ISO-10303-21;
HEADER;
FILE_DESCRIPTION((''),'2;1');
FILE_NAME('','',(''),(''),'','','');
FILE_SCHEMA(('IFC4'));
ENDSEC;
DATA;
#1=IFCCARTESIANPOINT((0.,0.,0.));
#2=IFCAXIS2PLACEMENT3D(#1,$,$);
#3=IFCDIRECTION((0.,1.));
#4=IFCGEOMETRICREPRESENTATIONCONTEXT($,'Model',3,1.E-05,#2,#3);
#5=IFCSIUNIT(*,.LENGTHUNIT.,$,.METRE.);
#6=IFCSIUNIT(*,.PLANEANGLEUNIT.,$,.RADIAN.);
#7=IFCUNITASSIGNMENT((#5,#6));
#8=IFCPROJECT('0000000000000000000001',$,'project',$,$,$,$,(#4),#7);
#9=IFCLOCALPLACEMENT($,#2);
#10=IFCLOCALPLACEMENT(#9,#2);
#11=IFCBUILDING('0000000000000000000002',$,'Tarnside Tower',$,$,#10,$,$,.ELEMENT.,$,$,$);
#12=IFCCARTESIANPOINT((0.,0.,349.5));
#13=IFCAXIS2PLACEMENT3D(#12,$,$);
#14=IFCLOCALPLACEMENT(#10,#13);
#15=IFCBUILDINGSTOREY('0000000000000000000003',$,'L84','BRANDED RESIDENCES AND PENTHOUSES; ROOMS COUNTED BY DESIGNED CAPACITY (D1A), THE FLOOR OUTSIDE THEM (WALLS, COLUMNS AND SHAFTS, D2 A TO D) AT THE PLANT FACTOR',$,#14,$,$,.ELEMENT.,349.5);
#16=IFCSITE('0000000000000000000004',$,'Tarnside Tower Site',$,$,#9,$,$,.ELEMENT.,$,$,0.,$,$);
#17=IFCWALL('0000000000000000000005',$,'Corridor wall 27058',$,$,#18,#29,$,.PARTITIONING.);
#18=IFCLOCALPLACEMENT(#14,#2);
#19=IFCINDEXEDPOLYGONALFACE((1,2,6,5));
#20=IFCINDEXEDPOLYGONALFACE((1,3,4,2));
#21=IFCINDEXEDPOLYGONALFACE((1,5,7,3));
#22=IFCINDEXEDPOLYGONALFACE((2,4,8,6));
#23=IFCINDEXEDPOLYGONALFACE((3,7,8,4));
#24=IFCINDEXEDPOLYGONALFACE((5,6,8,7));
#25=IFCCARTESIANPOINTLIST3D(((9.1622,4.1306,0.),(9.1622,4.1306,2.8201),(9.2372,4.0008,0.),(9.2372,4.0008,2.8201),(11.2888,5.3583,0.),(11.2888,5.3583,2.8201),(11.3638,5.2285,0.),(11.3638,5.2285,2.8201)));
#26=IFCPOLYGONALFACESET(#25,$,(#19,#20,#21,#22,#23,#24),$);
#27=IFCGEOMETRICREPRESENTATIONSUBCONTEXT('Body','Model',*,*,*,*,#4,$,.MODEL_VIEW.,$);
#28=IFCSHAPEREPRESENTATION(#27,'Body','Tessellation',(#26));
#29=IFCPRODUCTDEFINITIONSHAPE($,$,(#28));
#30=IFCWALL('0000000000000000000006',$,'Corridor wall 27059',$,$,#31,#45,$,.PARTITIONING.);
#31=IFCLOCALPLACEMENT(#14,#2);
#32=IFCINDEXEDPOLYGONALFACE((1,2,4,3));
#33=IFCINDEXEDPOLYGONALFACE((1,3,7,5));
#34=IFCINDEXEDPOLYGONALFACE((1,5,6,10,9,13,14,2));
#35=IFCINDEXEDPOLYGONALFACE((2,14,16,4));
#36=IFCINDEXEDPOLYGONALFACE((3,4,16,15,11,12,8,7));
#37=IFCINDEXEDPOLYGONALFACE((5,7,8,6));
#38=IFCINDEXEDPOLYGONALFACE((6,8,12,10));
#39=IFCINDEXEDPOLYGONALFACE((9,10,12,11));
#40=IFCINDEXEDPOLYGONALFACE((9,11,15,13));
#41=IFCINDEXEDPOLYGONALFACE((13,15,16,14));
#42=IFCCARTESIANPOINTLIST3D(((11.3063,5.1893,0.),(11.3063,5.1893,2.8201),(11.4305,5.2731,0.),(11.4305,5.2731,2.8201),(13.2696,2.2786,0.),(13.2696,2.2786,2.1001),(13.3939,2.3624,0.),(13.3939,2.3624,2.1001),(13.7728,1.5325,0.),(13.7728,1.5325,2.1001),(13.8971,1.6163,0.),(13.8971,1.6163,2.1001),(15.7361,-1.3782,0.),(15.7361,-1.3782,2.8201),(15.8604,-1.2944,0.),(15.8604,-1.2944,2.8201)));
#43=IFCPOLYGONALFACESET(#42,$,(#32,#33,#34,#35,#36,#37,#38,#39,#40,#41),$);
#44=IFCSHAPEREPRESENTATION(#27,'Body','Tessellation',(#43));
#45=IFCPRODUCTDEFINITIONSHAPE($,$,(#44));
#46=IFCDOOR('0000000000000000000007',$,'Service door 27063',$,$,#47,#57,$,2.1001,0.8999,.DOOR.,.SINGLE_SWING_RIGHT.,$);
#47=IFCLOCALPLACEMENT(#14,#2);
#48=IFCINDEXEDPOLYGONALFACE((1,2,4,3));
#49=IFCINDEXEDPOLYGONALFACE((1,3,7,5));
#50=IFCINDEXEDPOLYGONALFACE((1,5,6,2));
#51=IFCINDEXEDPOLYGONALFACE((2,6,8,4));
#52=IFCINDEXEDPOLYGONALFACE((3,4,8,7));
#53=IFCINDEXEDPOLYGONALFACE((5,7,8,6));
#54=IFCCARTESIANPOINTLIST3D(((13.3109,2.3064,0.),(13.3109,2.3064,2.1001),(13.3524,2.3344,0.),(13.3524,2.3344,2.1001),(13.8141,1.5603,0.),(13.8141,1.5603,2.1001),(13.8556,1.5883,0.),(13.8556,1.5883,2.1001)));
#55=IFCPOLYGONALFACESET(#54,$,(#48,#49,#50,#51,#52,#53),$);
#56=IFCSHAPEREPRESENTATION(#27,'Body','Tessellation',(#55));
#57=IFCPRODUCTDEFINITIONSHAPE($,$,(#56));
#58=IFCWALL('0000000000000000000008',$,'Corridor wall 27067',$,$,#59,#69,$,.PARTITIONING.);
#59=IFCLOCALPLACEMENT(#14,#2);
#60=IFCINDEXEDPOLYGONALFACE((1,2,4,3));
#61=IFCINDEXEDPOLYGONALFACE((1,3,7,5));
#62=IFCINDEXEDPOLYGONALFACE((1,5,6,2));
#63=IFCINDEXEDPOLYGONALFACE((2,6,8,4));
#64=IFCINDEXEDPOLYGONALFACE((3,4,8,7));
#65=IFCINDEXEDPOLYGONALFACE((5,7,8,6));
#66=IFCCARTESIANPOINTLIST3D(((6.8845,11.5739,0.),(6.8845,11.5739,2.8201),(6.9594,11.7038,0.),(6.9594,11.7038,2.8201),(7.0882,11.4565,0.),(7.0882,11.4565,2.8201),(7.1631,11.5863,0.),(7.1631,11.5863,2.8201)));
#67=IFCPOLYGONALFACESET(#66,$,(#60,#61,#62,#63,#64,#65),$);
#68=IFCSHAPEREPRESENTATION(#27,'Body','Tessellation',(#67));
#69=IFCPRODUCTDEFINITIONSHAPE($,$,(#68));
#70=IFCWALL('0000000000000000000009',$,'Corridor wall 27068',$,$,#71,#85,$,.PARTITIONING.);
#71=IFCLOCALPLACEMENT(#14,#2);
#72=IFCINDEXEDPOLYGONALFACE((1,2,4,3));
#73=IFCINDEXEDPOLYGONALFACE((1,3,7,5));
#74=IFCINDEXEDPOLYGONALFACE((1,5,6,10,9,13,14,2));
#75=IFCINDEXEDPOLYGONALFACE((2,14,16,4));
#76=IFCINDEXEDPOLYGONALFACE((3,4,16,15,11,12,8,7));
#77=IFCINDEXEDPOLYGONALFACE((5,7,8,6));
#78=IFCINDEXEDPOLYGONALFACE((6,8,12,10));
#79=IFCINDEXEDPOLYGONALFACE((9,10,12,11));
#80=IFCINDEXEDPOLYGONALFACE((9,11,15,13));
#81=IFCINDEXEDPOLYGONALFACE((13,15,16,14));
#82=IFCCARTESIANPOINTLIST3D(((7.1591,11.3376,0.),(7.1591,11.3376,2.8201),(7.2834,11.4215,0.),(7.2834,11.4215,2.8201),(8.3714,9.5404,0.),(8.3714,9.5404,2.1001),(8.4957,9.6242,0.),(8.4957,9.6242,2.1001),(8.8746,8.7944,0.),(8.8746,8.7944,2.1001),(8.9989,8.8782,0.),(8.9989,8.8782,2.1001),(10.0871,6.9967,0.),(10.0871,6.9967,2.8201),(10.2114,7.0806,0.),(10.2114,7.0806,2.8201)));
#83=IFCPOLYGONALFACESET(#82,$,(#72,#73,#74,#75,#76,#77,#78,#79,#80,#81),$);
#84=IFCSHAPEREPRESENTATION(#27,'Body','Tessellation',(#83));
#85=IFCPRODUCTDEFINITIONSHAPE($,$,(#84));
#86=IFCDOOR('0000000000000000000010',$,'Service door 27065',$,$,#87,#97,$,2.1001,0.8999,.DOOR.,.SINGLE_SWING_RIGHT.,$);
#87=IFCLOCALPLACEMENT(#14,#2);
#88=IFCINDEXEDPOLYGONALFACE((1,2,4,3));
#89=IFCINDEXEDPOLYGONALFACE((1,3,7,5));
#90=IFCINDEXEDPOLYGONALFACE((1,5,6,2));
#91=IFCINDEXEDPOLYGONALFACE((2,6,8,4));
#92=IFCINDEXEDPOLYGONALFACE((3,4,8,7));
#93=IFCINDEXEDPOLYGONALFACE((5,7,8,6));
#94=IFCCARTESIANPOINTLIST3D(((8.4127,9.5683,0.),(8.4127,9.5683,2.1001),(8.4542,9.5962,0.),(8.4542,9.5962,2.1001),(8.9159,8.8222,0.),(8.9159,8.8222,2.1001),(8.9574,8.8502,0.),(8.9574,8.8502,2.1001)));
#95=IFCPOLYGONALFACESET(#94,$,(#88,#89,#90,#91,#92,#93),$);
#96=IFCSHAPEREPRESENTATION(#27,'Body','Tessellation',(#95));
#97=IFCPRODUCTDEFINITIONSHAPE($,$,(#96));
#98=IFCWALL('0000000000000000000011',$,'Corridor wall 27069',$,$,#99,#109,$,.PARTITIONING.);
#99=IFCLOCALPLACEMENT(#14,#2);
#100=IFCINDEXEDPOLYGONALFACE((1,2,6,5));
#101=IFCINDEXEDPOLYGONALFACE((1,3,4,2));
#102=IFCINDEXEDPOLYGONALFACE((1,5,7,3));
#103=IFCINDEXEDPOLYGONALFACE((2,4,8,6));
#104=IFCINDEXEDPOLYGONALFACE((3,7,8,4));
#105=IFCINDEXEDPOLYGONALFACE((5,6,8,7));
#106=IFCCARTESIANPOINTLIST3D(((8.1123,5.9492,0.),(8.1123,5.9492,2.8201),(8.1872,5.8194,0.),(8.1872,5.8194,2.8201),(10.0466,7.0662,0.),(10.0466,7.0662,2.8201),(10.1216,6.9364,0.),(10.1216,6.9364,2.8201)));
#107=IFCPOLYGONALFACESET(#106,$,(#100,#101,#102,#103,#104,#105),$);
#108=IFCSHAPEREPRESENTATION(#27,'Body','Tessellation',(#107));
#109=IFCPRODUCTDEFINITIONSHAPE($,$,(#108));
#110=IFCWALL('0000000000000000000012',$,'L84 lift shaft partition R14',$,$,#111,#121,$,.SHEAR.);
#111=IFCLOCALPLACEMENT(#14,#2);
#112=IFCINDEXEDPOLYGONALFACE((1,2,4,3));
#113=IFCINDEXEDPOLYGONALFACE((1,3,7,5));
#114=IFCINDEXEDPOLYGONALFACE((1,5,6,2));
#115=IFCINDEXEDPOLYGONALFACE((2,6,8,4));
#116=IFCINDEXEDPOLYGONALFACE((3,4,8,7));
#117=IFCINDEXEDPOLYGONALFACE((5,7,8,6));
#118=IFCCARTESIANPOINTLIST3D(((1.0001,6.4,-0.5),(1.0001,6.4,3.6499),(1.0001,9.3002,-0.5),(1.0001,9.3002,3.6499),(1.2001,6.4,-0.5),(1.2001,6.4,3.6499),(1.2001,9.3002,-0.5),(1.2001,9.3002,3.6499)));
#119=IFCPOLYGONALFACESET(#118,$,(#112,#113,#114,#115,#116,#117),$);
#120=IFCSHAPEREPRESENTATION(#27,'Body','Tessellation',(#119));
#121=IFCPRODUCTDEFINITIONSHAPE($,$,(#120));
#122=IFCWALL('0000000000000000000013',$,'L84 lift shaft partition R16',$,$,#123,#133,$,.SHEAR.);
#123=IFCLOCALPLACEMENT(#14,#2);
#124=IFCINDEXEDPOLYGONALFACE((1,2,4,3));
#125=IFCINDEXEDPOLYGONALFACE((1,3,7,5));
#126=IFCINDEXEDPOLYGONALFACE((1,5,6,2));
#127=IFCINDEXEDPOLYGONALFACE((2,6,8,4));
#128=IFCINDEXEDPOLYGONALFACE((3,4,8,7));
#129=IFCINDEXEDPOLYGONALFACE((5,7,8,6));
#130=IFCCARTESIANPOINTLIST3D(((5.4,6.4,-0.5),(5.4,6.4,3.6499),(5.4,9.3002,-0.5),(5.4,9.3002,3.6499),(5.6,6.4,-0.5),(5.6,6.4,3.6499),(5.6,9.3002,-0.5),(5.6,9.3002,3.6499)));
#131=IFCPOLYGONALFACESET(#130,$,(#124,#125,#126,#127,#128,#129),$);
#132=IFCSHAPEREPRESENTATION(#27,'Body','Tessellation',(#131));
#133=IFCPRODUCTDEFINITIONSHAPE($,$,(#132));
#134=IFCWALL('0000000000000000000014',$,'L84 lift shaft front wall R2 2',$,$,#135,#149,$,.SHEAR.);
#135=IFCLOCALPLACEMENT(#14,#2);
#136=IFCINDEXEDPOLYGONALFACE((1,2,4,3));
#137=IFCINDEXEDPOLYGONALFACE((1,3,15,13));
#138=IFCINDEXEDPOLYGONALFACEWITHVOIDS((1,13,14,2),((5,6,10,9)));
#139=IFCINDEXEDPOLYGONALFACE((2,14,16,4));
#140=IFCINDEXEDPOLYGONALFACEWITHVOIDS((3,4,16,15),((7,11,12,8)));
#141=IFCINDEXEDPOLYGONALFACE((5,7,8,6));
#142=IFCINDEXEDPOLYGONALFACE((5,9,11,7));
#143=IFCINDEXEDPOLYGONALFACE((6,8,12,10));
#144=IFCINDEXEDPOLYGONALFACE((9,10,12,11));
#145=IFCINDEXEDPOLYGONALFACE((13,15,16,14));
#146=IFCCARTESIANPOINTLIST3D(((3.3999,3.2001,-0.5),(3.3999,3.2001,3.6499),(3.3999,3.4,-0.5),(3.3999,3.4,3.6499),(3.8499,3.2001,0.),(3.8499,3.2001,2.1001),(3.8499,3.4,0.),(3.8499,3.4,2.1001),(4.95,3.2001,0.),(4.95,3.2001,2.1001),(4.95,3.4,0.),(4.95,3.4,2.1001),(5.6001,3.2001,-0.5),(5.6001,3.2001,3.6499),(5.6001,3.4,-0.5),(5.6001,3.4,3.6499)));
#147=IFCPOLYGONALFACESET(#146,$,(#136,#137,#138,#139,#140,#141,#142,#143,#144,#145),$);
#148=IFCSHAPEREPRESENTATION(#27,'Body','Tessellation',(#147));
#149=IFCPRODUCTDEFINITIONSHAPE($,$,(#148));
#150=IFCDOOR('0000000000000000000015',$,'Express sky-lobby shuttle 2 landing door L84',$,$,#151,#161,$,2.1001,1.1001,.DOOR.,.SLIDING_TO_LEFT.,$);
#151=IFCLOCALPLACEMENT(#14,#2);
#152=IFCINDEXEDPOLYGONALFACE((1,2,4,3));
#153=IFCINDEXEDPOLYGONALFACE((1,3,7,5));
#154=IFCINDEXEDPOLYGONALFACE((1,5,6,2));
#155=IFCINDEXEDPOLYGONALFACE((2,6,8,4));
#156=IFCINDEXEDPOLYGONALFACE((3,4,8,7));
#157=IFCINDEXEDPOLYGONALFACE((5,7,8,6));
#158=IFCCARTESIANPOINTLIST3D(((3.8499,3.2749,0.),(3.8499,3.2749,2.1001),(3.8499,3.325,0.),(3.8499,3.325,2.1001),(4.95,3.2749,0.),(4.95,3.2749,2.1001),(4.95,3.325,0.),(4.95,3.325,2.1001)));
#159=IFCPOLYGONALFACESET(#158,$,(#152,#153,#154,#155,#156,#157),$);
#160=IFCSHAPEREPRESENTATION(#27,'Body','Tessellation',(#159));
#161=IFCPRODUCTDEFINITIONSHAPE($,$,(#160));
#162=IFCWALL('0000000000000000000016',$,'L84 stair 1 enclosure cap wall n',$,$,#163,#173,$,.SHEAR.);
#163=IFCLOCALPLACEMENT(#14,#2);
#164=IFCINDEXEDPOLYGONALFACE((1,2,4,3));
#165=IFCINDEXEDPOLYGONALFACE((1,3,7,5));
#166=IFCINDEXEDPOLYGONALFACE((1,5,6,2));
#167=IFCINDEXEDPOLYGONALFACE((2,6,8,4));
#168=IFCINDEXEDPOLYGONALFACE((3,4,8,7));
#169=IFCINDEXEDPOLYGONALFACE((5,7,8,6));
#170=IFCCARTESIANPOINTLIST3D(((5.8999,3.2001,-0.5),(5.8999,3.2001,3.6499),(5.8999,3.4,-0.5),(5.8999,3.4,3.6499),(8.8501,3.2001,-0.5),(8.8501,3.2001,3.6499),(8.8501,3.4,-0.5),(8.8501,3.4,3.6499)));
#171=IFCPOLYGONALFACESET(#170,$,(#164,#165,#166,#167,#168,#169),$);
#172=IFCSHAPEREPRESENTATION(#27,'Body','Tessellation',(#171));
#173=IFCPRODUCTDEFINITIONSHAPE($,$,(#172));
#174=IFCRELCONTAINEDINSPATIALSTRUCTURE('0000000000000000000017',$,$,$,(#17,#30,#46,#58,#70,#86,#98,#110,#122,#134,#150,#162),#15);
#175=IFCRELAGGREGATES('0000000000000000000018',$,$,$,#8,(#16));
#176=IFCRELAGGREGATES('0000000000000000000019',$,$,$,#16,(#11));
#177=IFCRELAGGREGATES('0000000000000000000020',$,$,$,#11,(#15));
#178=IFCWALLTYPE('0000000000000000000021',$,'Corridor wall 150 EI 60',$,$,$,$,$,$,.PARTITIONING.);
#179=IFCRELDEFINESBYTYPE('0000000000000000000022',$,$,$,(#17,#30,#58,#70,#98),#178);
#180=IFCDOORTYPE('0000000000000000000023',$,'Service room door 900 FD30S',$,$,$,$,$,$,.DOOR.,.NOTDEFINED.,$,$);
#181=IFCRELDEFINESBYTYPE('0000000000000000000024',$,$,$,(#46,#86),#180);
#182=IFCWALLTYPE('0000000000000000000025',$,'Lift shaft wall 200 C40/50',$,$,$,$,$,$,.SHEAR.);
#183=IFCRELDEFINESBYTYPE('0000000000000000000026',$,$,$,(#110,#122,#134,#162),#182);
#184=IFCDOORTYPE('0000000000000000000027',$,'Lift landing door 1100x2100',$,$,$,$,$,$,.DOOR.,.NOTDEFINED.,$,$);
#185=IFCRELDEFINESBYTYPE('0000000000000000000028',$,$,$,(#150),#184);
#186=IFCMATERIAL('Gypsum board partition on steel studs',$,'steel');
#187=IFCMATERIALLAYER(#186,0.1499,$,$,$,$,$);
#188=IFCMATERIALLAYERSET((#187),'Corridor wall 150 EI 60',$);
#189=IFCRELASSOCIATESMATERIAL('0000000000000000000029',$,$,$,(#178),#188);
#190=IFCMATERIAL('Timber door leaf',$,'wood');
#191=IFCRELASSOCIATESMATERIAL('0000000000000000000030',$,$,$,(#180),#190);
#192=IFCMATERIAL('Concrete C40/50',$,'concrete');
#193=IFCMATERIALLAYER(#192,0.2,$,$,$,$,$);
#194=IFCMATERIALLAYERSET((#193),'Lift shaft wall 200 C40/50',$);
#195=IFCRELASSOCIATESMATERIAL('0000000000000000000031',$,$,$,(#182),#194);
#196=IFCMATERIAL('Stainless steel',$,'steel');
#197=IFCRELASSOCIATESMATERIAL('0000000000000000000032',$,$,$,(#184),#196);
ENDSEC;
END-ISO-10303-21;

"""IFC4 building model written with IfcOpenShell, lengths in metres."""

from ifc_helpers import new_model, si_unit, direction, frame, frame_2d, origin, place, context, subcontext, project, spatial, rectangle, extrude, material, layer, layer_set, type_object, element, fill, save


model = new_model("IFC4")

# Units and contexts
model_context = context("Model", 3, precision=1e-05, world=origin(), true_north=direction((0.0, 1.0)))
body_context = subcontext(model_context, "Body", "Model", "MODEL_VIEW")
ifc_project = project(units=[si_unit("LENGTHUNIT", "METRE"), si_unit("PLANEANGLEUNIT", "RADIAN")], contexts=[model_context])

# Site, building, storey
site_placement = place(None, origin())
site = spatial("IfcSite", under=ifc_project, at=site_placement, Name="Tarnside Tower Site", CompositionType="ELEMENT", RefElevation=0.0)
building_placement = place(site_placement, origin())
building = spatial("IfcBuilding", under=site, at=building_placement, Name="Tarnside Tower", CompositionType="ELEMENT")
storey_placement = place(building_placement, frame((0.0, 0.0, 349.5)))
storey = spatial("IfcBuildingStorey", under=building, at=storey_placement, Name="L84", Description="BRANDED RESIDENCES AND PENTHOUSES; ROOMS COUNTED BY DESIGNED CAPACITY (D1A), THE FLOOR OUTSIDE THEM (WALLS, COLUMNS AND SHAFTS, D2 A TO D) AT THE PLANT FACTOR", CompositionType="ELEMENT", Elevation=349.5)

# Shared definitions
ifc_material_1 = material(Name="Gypsum board partition on steel studs", Category="steel")

# Shared definitions
ifc_layer_1 = layer(ifc_material_1, 0.1499)
ifc_layer_set_1 = layer_set([ifc_layer_1], Name="Corridor wall 150 EI 60")
wall_type_1 = type_object("IfcWallType", Name="Corridor wall 150 EI 60", PredefinedType="PARTITIONING", material=ifc_layer_set_1)
ifc_material_2 = material(Name="Timber door leaf", Category="wood")

# Wall
wall_1_placement = place(storey_placement, frame((9.1997, 4.0657, 0.0), z_axis=(0.0, 0.0, 1.0), x_axis=(0.866038, 0.499978, 0.0)))
element("IfcWall", 1, at=wall_1_placement, inside=storey, type_object=wall_type_1, Name="Corridor wall 27058", PredefinedType="PARTITIONING", context=body_context, shape_type="SweptSolid", body=[
    extrude(rectangle(XDim=2.4556, YDim=0.1499, at=frame_2d((1.2278, 0.0))), origin(), (0.0, 0.0, 1.0), 2.8201),
])

# Wall, opening, door
wall_2_placement = place(storey_placement, frame((11.3684, 5.2312, 0.0), z_axis=(0.0, 0.0, 1.0), x_axis=(0.559194, -0.829037, 0.0)))
wall_2 = element("IfcWall", 2, at=wall_2_placement, inside=storey, type_object=wall_type_1, Name="Corridor wall 27059", PredefinedType="PARTITIONING", context=body_context, shape_type="SweptSolid", body=[
    extrude(rectangle(XDim=7.9219, YDim=0.1499, at=frame_2d((3.9609, 0.0))), origin(), (0.0, 0.0, 1.0), 2.8201),
])
opening_1_placement = place(wall_2_placement, frame((3.511, 0.0, 0.0)))
opening_1 = element("IfcOpeningElement", 3, at=opening_1_placement, cuts=wall_2, PredefinedType="OPENING", context=body_context, shape_type="SweptSolid", body=[
    extrude(rectangle(XDim=0.8999, YDim=2.1001, at=frame_2d((0.45, 1.05))), frame((0.0, 0.085, 0.0), z_axis=(0.0, -1.0, 0.0), x_axis=(1.0, 0.0, 0.0)), (0.0, 0.0, 1.0), 0.1699),
])
door_type_1 = type_object("IfcDoorType", Name="Service room door 900 FD30S", OperationType="NOTDEFINED", PredefinedType="DOOR", material=ifc_material_2)
door_1_placement = place(opening_1_placement, origin())
door_1 = element("IfcDoor", 4, at=door_1_placement, inside=storey, type_object=door_type_1, Name="Service door 27063", OperationType="SINGLE_SWING_RIGHT", OverallHeight=2.1001, OverallWidth=0.8999, PredefinedType="DOOR", context=body_context, shape_type="SweptSolid", body=[
    extrude(rectangle(XDim=0.8999, YDim=2.1001, at=frame_2d((0.45, 1.05))), frame((0.0, 0.0249, 0.0), z_axis=(0.0, -1.0, 0.0), x_axis=(1.0, 0.0, 0.0)), (0.0, 0.0, 1.0), 0.05),
])
fill(opening_1, door_1)

# Wall
wall_3_placement = place(storey_placement, frame((6.9219, 11.6389, 0.0), z_axis=(0.0, 0.0, 1.0), x_axis=(0.866255, -0.499603, 0.0)))
element("IfcWall", 5, at=wall_3_placement, inside=storey, type_object=wall_type_1, Name="Corridor wall 27067", PredefinedType="PARTITIONING", context=body_context, shape_type="SweptSolid", body=[
    extrude(rectangle(XDim=0.2351, YDim=0.1499, at=frame_2d((0.1177, 0.0))), origin(), (0.0, 0.0, 1.0), 2.8201),
])

# Wall, opening, door
wall_4_placement = place(storey_placement, frame((7.2212, 11.3796, 0.0), z_axis=(0.0, 0.0, 1.0), x_axis=(0.559201, -0.829032, 0.0)))
wall_4 = element("IfcWall", 6, at=wall_4_placement, inside=storey, type_object=wall_type_1, Name="Corridor wall 27068", PredefinedType="PARTITIONING", context=body_context, shape_type="SweptSolid", body=[
    extrude(rectangle(XDim=5.2361, YDim=0.1499, at=frame_2d((2.6182, 0.0))), origin(), (0.0, 0.0, 1.0), 2.8201),
])
opening_2_placement = place(wall_4_placement, frame((2.168, 0.0, 0.0)))
opening_2 = element("IfcOpeningElement", 7, at=opening_2_placement, cuts=wall_4, PredefinedType="OPENING", context=body_context, shape_type="SweptSolid", body=[
    extrude(rectangle(XDim=0.8999, YDim=2.1001, at=frame_2d((0.45, 1.05))), frame((0.0, 0.085, 0.0), z_axis=(0.0, -1.0, 0.0), x_axis=(1.0, 0.0, 0.0)), (0.0, 0.0, 1.0), 0.1699),
])
door_2_placement = place(opening_2_placement, origin())
door_2 = element("IfcDoor", 8, at=door_2_placement, inside=storey, type_object=door_type_1, Name="Service door 27065", OperationType="SINGLE_SWING_RIGHT", OverallHeight=2.1001, OverallWidth=0.8999, PredefinedType="DOOR", context=body_context, shape_type="SweptSolid", body=[
    extrude(rectangle(XDim=0.8999, YDim=2.1001, at=frame_2d((0.45, 1.05))), frame((0.0, 0.0249, 0.0), z_axis=(0.0, -1.0, 0.0), x_axis=(1.0, 0.0, 0.0)), (0.0, 0.0, 1.0), 0.05),
])
fill(opening_2, door_2)

# Walls
wall_5_placement = place(storey_placement, frame((10.084, 7.0012, 0.0), z_axis=(0.0, 0.0, 1.0), x_axis=(-0.865994, -0.500054, 0.0)))
element("IfcWall", 9, at=wall_5_placement, inside=storey, type_object=wall_type_1, Name="Corridor wall 27069", PredefinedType="PARTITIONING", context=body_context, shape_type="SweptSolid", body=[
    extrude(rectangle(XDim=2.2336, YDim=0.1499, at=frame_2d((1.1167, 0.0))), origin(), (0.0, 0.0, 1.0), 2.8201),
])
ifc_material_3 = material(Name="Concrete C40/50", Category="concrete")
ifc_layer_2 = layer(ifc_material_3, 0.2)
ifc_layer_set_2 = layer_set([ifc_layer_2], Name="Lift shaft wall 200 C40/50")
wall_type_2 = type_object("IfcWallType", Name="Lift shaft wall 200 C40/50", PredefinedType="SHEAR", material=ifc_layer_set_2)
for number, where, z_axis, x_axis, name in (
    (10, (1.1001, 6.3999, -0.5), (0.0, 0.0, 1.0), (0.0, 1.0, 0.0), "L84 lift shaft partition R14"),
    (11, (5.5, 6.3999, -0.5), (0.0, 0.0, 1.0), (0.0, 1.0, 0.0), "L84 lift shaft partition R16"),
):
    element("IfcWall", number, at=place(storey_placement, frame(where, z_axis=z_axis, x_axis=x_axis)), inside=storey, type_object=wall_type_2, Name=name, PredefinedType="SHEAR", context=body_context, shape_type="SweptSolid", body=[
        extrude(rectangle(XDim=2.9001, YDim=0.2, at=frame_2d((1.4502, 0.0))), origin(), (0.0, 0.0, 1.0), 4.1499),
    ])

# Wall, opening, door
wall_6_placement = place(storey_placement, frame((3.3999, 3.3, -0.5), z_axis=(0.0, 0.0, 1.0), x_axis=(1.0, 0.0, 0.0)))
wall_6 = element("IfcWall", 12, at=wall_6_placement, inside=storey, type_object=wall_type_2, Name="L84 lift shaft front wall R2 2", PredefinedType="SHEAR", context=body_context, shape_type="SweptSolid", body=[
    extrude(rectangle(XDim=2.2002, YDim=0.2, at=frame_2d((1.1001, 0.0))), origin(), (0.0, 0.0, 1.0), 4.1499),
])
opening_3_placement = place(wall_6_placement, frame((0.45, 0.0, 0.5)))
opening_3 = element("IfcOpeningElement", 13, at=opening_3_placement, cuts=wall_6, PredefinedType="OPENING", context=body_context, shape_type="SweptSolid", body=[
    extrude(rectangle(XDim=1.1001, YDim=2.1001, at=frame_2d((0.55, 1.05))), frame((0.0, 0.1099, 0.0), z_axis=(0.0, -1.0, 0.0), x_axis=(1.0, 0.0, 0.0)), (0.0, 0.0, 1.0), 0.22),
])
ifc_material_4 = material(Name="Stainless steel", Category="steel")
door_type_2 = type_object("IfcDoorType", Name="Lift landing door 1100x2100", OperationType="NOTDEFINED", PredefinedType="DOOR", material=ifc_material_4)
door_3_placement = place(opening_3_placement, origin())
door_3 = element("IfcDoor", 14, at=door_3_placement, inside=storey, type_object=door_type_2, Name="Express sky-lobby shuttle 2 landing door L84", OperationType="SLIDING_TO_LEFT", OverallHeight=2.1001, OverallWidth=1.1001, PredefinedType="DOOR", context=body_context, shape_type="SweptSolid", body=[
    extrude(rectangle(XDim=1.1001, YDim=2.1001, at=frame_2d((0.55, 1.05))), frame((0.0, 0.0249, 0.0), z_axis=(0.0, -1.0, 0.0), x_axis=(1.0, 0.0, 0.0)), (0.0, 0.0, 1.0), 0.05),
])
fill(opening_3, door_3)

# Wall
wall_7_placement = place(storey_placement, frame((5.8999, 3.3, -0.5), z_axis=(0.0, 0.0, 1.0), x_axis=(1.0, 0.0, 0.0)))
element("IfcWall", 15, at=wall_7_placement, inside=storey, type_object=wall_type_2, Name="L84 stair 1 enclosure cap wall n", PredefinedType="SHEAR", context=body_context, shape_type="SweptSolid", body=[
    extrude(rectangle(XDim=2.9502, YDim=0.2, at=frame_2d((1.4751, 0.0))), origin(), (0.0, 0.0, 1.0), 4.1499),
])

save(model, "model.ifc")
